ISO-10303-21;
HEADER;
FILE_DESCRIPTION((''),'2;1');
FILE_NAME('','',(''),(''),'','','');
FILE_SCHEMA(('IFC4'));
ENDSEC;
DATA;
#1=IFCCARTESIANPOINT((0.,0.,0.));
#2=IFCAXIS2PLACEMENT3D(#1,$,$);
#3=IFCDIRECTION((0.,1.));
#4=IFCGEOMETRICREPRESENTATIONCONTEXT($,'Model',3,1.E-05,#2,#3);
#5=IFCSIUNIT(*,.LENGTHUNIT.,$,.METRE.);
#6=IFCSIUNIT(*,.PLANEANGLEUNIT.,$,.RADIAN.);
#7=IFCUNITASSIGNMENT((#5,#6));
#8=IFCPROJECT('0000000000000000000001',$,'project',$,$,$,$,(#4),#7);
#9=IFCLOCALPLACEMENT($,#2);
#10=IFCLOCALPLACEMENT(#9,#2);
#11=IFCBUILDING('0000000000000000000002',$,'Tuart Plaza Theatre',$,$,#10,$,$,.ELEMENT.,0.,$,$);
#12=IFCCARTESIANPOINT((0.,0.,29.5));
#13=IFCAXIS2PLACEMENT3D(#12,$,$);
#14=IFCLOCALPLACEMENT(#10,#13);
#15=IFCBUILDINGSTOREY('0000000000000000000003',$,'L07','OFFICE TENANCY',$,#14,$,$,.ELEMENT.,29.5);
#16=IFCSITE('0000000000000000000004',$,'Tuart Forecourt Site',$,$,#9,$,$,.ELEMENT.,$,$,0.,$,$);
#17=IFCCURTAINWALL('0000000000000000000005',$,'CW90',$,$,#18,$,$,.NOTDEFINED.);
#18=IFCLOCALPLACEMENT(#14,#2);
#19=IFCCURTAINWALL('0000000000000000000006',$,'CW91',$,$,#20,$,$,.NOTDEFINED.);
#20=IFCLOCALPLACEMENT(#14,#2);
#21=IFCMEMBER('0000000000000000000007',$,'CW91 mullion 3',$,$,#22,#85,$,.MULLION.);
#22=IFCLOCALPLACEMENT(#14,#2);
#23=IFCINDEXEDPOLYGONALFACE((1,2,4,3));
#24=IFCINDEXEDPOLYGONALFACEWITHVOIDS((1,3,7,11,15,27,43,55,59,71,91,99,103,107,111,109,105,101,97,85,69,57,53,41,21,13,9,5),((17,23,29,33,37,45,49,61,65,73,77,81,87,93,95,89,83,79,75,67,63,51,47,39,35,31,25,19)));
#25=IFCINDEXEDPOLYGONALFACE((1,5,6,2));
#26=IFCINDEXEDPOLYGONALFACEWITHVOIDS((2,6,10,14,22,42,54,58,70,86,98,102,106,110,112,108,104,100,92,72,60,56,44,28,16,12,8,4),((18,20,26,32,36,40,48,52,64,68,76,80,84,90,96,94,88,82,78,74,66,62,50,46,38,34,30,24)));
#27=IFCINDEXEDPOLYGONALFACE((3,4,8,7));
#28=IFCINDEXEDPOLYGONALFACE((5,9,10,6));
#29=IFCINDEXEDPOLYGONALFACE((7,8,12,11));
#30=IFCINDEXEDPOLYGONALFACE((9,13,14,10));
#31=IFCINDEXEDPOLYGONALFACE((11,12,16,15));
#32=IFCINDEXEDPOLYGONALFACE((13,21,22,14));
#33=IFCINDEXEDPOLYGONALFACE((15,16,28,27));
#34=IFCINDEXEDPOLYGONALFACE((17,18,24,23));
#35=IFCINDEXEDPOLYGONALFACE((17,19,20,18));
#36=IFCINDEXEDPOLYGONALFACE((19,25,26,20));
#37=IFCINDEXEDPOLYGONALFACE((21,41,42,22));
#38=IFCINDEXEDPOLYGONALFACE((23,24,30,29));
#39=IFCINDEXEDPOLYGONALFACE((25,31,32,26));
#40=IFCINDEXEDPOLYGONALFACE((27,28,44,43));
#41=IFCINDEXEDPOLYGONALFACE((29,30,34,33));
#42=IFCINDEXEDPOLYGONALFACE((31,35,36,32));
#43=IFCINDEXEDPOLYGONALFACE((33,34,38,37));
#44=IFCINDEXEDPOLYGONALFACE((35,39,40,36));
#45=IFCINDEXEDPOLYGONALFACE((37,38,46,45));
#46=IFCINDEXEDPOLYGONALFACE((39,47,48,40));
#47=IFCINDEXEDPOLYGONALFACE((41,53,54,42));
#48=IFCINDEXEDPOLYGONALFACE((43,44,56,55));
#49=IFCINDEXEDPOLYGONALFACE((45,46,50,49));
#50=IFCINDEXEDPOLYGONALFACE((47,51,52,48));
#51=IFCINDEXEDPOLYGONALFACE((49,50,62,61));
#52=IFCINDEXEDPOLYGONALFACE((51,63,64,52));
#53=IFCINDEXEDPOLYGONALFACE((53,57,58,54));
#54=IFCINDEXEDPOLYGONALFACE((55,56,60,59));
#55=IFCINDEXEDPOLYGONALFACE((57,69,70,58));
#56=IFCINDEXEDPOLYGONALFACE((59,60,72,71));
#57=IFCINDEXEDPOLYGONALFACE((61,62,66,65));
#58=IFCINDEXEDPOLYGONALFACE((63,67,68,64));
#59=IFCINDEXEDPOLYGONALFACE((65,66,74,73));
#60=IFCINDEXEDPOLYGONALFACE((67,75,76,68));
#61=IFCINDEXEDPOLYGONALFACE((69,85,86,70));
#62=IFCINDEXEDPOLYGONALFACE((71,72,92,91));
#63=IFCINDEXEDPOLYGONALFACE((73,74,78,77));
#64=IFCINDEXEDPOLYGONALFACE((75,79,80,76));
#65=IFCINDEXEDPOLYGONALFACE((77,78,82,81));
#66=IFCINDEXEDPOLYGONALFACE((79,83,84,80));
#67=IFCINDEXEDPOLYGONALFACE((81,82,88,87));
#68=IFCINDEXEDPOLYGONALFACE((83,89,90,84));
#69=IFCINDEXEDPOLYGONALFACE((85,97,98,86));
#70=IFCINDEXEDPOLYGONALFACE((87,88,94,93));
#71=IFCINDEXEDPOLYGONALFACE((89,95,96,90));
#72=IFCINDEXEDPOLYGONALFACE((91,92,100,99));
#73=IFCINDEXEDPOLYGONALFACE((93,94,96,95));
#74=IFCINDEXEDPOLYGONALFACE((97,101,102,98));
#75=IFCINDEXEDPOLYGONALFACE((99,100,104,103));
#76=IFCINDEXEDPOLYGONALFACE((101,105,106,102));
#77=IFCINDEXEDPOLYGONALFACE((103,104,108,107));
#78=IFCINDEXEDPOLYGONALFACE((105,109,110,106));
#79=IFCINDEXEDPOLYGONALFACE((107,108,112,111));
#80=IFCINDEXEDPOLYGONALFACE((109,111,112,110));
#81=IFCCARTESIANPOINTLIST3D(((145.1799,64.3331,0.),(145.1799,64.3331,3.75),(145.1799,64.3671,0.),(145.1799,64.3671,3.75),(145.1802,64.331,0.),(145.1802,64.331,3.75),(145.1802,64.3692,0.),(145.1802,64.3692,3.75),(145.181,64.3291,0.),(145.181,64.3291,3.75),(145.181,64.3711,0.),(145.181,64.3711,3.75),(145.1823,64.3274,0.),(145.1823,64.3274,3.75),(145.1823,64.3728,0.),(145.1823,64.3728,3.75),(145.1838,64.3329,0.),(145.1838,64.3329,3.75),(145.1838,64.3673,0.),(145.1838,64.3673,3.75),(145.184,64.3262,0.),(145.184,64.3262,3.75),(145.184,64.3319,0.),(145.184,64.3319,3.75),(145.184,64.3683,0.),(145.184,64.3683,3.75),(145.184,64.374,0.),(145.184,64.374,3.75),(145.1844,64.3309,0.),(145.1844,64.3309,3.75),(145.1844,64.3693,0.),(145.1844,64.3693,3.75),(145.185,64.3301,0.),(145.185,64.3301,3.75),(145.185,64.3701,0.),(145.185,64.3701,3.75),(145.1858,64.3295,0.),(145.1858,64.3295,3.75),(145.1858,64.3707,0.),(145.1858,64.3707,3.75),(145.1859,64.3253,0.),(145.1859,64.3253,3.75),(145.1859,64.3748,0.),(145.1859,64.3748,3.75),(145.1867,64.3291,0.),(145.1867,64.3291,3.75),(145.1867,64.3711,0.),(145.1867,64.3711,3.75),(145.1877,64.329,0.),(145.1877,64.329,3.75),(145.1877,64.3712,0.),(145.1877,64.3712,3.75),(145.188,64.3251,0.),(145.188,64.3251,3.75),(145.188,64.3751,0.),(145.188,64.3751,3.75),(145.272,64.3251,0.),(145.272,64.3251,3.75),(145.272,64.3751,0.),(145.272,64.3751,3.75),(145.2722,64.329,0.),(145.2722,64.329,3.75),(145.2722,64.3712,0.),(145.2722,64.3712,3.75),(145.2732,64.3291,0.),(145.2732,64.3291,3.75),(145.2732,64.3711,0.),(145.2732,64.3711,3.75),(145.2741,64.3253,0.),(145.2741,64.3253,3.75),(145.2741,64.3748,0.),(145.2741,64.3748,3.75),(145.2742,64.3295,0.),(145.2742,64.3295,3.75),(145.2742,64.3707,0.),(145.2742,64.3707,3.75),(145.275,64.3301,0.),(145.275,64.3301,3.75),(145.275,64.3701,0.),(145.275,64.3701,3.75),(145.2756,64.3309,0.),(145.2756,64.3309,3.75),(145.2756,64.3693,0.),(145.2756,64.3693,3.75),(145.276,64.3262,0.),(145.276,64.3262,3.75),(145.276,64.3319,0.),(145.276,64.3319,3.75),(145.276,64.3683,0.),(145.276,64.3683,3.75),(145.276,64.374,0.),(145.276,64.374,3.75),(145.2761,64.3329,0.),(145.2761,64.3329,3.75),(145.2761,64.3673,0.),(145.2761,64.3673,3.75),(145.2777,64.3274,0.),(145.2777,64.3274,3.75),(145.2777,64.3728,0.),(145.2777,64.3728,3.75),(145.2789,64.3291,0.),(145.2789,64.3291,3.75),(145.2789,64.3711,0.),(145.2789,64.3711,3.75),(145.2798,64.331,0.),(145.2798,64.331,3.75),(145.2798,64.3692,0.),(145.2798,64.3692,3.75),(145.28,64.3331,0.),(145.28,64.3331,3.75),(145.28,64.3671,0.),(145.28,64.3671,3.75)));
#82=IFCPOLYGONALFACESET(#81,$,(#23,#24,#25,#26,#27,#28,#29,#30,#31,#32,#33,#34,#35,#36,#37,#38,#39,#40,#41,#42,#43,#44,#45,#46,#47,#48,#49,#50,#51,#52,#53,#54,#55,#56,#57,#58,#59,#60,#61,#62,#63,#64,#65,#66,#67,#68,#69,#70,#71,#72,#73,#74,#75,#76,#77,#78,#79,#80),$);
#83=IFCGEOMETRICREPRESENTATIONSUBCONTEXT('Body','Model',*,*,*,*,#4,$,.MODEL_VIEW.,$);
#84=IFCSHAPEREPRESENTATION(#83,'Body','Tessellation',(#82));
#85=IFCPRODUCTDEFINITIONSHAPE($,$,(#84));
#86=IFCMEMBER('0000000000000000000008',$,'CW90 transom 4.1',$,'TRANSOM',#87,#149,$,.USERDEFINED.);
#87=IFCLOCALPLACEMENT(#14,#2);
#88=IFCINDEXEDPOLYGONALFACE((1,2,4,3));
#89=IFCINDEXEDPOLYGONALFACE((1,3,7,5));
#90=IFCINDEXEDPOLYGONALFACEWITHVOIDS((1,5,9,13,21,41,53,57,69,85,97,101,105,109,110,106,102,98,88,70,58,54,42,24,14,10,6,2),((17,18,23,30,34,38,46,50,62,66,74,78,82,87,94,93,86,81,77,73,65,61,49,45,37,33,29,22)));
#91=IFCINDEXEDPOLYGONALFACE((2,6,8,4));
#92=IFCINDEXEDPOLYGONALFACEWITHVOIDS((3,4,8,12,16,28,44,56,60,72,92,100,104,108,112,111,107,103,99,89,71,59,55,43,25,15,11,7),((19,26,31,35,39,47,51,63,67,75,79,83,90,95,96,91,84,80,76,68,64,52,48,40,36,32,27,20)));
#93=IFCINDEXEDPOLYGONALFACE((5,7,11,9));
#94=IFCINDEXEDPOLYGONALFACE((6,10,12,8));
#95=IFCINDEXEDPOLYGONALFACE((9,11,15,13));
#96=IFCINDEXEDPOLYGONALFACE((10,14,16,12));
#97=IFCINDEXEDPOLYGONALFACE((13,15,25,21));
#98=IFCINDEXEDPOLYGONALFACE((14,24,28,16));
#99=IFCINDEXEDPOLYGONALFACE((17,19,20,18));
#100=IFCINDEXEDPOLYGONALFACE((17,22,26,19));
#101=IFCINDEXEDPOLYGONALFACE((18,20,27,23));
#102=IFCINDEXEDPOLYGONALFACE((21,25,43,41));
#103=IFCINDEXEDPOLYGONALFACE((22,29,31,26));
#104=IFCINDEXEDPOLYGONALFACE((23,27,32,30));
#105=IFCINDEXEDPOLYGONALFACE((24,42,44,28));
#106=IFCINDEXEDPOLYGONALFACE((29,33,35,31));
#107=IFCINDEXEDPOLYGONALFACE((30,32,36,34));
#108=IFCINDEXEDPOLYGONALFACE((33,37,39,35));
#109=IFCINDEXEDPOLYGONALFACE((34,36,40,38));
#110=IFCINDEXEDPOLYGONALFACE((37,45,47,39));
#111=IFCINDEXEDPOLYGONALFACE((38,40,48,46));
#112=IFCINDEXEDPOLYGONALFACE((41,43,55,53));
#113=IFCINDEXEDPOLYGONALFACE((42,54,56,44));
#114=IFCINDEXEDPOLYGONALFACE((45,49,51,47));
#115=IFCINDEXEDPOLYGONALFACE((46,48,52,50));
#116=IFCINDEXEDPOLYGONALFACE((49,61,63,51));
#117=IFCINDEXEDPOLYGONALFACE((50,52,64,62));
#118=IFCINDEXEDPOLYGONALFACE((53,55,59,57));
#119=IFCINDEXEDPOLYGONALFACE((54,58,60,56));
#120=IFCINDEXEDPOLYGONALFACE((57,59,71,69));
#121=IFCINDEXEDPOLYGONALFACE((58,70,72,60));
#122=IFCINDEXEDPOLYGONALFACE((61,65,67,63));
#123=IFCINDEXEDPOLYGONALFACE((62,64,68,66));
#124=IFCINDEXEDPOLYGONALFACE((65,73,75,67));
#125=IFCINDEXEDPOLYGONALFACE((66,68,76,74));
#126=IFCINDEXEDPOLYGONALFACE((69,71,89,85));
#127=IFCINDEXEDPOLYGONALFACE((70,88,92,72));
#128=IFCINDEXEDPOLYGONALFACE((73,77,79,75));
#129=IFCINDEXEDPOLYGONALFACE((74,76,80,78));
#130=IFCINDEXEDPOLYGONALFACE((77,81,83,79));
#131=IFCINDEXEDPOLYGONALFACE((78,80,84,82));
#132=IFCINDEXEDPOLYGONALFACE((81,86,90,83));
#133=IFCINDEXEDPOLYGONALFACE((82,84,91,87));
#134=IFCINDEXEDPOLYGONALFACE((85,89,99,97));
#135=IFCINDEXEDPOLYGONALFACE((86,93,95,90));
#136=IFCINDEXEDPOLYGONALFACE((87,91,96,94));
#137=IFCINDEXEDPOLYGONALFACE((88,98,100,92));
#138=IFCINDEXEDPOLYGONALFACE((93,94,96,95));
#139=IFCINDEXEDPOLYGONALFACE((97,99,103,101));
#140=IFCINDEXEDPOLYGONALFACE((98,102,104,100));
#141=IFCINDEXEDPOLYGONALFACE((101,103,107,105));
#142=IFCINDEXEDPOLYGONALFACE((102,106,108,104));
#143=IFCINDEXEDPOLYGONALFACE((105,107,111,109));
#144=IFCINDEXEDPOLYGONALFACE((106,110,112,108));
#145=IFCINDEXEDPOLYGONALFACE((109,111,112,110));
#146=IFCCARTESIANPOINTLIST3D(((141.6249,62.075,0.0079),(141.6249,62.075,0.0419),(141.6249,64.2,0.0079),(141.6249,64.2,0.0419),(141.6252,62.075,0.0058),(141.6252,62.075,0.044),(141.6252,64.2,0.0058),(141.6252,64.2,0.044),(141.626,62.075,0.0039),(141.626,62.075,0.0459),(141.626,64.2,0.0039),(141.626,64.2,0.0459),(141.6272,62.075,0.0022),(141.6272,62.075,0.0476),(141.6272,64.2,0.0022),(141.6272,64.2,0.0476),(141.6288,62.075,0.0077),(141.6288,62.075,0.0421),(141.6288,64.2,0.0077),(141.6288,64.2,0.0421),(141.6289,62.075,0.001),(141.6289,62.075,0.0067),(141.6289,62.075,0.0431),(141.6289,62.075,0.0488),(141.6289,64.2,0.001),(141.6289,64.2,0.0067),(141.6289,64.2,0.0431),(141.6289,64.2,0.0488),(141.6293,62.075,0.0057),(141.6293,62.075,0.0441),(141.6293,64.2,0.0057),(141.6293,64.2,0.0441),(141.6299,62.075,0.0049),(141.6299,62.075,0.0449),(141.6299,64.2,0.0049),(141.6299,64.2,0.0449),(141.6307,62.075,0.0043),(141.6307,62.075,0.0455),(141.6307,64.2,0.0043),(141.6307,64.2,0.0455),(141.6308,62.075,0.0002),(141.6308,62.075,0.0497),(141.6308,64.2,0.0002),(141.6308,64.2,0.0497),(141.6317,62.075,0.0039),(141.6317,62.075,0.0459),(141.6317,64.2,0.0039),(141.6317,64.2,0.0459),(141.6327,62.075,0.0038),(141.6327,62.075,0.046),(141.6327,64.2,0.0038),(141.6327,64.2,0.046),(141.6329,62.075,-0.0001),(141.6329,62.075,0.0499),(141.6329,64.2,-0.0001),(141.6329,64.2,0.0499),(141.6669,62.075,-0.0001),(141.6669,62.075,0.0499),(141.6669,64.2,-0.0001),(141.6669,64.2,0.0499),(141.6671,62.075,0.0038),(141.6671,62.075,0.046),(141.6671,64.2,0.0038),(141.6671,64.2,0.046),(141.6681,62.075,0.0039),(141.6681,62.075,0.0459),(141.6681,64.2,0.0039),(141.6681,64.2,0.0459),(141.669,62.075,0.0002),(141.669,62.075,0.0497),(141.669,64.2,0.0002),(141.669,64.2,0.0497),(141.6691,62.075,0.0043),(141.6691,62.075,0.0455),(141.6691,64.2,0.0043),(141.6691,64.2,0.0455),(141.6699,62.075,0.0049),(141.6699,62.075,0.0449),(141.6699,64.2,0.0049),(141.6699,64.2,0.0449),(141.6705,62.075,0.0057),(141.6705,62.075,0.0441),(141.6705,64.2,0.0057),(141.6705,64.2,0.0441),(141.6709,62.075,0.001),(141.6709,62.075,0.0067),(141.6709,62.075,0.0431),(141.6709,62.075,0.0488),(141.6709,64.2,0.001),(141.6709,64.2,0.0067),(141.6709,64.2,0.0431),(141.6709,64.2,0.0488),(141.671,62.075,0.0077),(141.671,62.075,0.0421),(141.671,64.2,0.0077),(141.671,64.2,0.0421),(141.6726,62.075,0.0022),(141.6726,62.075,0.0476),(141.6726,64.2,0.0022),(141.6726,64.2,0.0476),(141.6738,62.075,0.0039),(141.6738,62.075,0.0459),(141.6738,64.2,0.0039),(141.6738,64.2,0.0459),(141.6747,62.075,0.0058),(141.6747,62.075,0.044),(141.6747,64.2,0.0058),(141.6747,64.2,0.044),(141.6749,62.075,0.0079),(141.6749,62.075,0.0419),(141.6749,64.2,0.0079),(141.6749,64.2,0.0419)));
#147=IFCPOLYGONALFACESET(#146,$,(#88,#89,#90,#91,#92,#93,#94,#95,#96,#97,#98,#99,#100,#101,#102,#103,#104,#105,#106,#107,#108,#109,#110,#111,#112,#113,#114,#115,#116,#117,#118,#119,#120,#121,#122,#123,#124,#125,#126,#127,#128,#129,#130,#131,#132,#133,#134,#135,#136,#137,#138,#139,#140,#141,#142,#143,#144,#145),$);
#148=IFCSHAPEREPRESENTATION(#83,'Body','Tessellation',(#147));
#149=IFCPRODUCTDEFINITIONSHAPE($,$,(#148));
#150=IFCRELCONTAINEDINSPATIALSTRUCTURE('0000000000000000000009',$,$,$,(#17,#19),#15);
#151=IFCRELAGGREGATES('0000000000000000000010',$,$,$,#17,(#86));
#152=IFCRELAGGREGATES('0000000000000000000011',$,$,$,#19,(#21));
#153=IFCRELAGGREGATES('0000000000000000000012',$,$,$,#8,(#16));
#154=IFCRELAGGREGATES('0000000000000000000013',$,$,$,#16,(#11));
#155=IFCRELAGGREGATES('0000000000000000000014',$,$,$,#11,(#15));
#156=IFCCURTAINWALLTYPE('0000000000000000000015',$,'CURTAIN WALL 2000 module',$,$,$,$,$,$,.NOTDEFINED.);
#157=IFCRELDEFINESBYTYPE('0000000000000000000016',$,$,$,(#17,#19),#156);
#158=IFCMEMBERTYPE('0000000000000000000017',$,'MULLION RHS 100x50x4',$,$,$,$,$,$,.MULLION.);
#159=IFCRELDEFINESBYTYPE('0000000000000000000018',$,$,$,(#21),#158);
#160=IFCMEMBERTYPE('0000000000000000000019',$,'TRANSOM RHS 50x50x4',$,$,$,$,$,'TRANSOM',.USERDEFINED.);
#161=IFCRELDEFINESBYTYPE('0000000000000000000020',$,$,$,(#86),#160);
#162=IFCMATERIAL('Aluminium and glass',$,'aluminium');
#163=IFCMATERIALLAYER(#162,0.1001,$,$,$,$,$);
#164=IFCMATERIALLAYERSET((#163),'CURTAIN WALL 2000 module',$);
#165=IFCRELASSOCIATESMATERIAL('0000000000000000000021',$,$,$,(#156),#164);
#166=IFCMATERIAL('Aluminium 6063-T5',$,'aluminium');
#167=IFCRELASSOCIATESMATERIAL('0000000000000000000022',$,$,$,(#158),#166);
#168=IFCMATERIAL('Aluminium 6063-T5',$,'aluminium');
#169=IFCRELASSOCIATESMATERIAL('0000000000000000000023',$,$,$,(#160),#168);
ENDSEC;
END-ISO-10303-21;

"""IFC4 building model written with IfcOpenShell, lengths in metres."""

from ifc_helpers import new_model, si_unit, direction, frame, origin, origin_2d, place, context, subcontext, project, spatial, hollow_rectangle, extrude, material, layer, layer_set, material_profile, profile_set, type_object, element, aggregate, save


model = new_model("IFC4")

# Units and contexts
model_context = context("Model", 3, precision=1e-05, world=origin(), true_north=direction((0.0, 1.0)))
body_context = subcontext(model_context, "Body", "Model", "MODEL_VIEW")
ifc_project = project(units=[si_unit("LENGTHUNIT", "METRE"), si_unit("PLANEANGLEUNIT", "RADIAN")], contexts=[model_context])

# Site, building, storey
site_placement = place(None, origin())
site = spatial("IfcSite", under=ifc_project, at=site_placement, Name="Tuart Forecourt Site", CompositionType="ELEMENT", RefElevation=0.0)
building_placement = place(site_placement, origin())
building = spatial("IfcBuilding", under=site, at=building_placement, Name="Tuart Plaza Theatre", CompositionType="ELEMENT", ElevationOfRefHeight=0.0)
storey_placement = place(building_placement, frame((0.0, 0.0, 29.5)))
storey = spatial("IfcBuildingStorey", under=building, at=storey_placement, Name="L07", Description="OFFICE TENANCY", CompositionType="ELEMENT", Elevation=29.5)

# Curtain walls, member
ifc_material_1 = material(Name="Aluminium and glass", Category="aluminium")
ifc_layer_1 = layer(ifc_material_1, 0.1001)
ifc_layer_set_1 = layer_set([ifc_layer_1], Name="CURTAIN WALL 2000 module")
curtain_wall_type = type_object("IfcCurtainWallType", Name="CURTAIN WALL 2000 module", PredefinedType="NOTDEFINED", material=ifc_layer_set_1)
curtain_wall_1_placement = place(storey_placement, origin())
curtain_wall_1 = element("IfcCurtainWall", 1, at=curtain_wall_1_placement, inside=storey, type_object=curtain_wall_type, Name="CW90", PredefinedType="NOTDEFINED")
ifc_material_2 = material(Name="Aluminium 6063-T5", Category="aluminium")
ifc_material_profile_1 = material_profile(ifc_material_2, hollow_rectangle(XDim=0.05, YDim=0.1001, WallThickness=0.0039, InnerFilletRadius=0.0039, OuterFilletRadius=0.0081, at=origin_2d()), Name="RHS 100x50x4")
ifc_profile_set_1 = profile_set([ifc_material_profile_1], Name="Aluminium 6063-T5")
member_type_1 = type_object("IfcMemberType", Name="MULLION RHS 100x50x4", PredefinedType="MULLION", material=ifc_profile_set_1)
curtain_wall_2_placement = place(storey_placement, origin())
curtain_wall_2 = element("IfcCurtainWall", 2, at=curtain_wall_2_placement, inside=storey, type_object=curtain_wall_type, Name="CW91", PredefinedType="NOTDEFINED")
member_1_placement = place(storey_placement, frame((145.23, 64.3501, 0.0), z_axis=(0.0, 0.0, 1.0), x_axis=(0.0, 1.0, 0.0)))
member_1 = element("IfcMember", 3, at=member_1_placement, type_object=member_type_1, Name="CW91 mullion 3", PredefinedType="MULLION", context=body_context, shape_type="SweptSolid", body=[
    extrude(hollow_rectangle(XDim=0.05, YDim=0.1001, WallThickness=0.0039, InnerFilletRadius=0.0039, OuterFilletRadius=0.0081, at=origin_2d()), origin(), (0.0, 0.0, 1.0), 3.75),
])

# Member
ifc_material_3 = material(Name="Aluminium 6063-T5", Category="aluminium")
ifc_material_profile_2 = material_profile(ifc_material_3, hollow_rectangle(XDim=0.05, YDim=0.05, WallThickness=0.0039, InnerFilletRadius=0.0039, OuterFilletRadius=0.0081, at=origin_2d()), Name="RHS 50x50x4")
ifc_profile_set_2 = profile_set([ifc_material_profile_2], Name="Aluminium 6063-T5")
member_type_2 = type_object("IfcMemberType", Name="TRANSOM RHS 50x50x4", ElementType="TRANSOM", PredefinedType="USERDEFINED", material=ifc_profile_set_2)
member_2_placement = place(storey_placement, frame((141.6499, 62.075, 0.0249), z_axis=(0.0, 1.0, 0.0), x_axis=(-1.0, 0.0, 0.0)))
member_2 = element("IfcMember", 4, at=member_2_placement, type_object=member_type_2, Name="CW90 transom 4.1", ObjectType="TRANSOM", PredefinedType="USERDEFINED", context=body_context, shape_type="SweptSolid", body=[
    extrude(hollow_rectangle(XDim=0.05, YDim=0.05, WallThickness=0.0039, InnerFilletRadius=0.0039, OuterFilletRadius=0.0081, at=origin_2d()), origin(), (0.0, 0.0, 1.0), 2.125),
])

aggregate(curtain_wall_1, [member_2])
aggregate(curtain_wall_2, [member_1])

save(model, "model.ifc")
